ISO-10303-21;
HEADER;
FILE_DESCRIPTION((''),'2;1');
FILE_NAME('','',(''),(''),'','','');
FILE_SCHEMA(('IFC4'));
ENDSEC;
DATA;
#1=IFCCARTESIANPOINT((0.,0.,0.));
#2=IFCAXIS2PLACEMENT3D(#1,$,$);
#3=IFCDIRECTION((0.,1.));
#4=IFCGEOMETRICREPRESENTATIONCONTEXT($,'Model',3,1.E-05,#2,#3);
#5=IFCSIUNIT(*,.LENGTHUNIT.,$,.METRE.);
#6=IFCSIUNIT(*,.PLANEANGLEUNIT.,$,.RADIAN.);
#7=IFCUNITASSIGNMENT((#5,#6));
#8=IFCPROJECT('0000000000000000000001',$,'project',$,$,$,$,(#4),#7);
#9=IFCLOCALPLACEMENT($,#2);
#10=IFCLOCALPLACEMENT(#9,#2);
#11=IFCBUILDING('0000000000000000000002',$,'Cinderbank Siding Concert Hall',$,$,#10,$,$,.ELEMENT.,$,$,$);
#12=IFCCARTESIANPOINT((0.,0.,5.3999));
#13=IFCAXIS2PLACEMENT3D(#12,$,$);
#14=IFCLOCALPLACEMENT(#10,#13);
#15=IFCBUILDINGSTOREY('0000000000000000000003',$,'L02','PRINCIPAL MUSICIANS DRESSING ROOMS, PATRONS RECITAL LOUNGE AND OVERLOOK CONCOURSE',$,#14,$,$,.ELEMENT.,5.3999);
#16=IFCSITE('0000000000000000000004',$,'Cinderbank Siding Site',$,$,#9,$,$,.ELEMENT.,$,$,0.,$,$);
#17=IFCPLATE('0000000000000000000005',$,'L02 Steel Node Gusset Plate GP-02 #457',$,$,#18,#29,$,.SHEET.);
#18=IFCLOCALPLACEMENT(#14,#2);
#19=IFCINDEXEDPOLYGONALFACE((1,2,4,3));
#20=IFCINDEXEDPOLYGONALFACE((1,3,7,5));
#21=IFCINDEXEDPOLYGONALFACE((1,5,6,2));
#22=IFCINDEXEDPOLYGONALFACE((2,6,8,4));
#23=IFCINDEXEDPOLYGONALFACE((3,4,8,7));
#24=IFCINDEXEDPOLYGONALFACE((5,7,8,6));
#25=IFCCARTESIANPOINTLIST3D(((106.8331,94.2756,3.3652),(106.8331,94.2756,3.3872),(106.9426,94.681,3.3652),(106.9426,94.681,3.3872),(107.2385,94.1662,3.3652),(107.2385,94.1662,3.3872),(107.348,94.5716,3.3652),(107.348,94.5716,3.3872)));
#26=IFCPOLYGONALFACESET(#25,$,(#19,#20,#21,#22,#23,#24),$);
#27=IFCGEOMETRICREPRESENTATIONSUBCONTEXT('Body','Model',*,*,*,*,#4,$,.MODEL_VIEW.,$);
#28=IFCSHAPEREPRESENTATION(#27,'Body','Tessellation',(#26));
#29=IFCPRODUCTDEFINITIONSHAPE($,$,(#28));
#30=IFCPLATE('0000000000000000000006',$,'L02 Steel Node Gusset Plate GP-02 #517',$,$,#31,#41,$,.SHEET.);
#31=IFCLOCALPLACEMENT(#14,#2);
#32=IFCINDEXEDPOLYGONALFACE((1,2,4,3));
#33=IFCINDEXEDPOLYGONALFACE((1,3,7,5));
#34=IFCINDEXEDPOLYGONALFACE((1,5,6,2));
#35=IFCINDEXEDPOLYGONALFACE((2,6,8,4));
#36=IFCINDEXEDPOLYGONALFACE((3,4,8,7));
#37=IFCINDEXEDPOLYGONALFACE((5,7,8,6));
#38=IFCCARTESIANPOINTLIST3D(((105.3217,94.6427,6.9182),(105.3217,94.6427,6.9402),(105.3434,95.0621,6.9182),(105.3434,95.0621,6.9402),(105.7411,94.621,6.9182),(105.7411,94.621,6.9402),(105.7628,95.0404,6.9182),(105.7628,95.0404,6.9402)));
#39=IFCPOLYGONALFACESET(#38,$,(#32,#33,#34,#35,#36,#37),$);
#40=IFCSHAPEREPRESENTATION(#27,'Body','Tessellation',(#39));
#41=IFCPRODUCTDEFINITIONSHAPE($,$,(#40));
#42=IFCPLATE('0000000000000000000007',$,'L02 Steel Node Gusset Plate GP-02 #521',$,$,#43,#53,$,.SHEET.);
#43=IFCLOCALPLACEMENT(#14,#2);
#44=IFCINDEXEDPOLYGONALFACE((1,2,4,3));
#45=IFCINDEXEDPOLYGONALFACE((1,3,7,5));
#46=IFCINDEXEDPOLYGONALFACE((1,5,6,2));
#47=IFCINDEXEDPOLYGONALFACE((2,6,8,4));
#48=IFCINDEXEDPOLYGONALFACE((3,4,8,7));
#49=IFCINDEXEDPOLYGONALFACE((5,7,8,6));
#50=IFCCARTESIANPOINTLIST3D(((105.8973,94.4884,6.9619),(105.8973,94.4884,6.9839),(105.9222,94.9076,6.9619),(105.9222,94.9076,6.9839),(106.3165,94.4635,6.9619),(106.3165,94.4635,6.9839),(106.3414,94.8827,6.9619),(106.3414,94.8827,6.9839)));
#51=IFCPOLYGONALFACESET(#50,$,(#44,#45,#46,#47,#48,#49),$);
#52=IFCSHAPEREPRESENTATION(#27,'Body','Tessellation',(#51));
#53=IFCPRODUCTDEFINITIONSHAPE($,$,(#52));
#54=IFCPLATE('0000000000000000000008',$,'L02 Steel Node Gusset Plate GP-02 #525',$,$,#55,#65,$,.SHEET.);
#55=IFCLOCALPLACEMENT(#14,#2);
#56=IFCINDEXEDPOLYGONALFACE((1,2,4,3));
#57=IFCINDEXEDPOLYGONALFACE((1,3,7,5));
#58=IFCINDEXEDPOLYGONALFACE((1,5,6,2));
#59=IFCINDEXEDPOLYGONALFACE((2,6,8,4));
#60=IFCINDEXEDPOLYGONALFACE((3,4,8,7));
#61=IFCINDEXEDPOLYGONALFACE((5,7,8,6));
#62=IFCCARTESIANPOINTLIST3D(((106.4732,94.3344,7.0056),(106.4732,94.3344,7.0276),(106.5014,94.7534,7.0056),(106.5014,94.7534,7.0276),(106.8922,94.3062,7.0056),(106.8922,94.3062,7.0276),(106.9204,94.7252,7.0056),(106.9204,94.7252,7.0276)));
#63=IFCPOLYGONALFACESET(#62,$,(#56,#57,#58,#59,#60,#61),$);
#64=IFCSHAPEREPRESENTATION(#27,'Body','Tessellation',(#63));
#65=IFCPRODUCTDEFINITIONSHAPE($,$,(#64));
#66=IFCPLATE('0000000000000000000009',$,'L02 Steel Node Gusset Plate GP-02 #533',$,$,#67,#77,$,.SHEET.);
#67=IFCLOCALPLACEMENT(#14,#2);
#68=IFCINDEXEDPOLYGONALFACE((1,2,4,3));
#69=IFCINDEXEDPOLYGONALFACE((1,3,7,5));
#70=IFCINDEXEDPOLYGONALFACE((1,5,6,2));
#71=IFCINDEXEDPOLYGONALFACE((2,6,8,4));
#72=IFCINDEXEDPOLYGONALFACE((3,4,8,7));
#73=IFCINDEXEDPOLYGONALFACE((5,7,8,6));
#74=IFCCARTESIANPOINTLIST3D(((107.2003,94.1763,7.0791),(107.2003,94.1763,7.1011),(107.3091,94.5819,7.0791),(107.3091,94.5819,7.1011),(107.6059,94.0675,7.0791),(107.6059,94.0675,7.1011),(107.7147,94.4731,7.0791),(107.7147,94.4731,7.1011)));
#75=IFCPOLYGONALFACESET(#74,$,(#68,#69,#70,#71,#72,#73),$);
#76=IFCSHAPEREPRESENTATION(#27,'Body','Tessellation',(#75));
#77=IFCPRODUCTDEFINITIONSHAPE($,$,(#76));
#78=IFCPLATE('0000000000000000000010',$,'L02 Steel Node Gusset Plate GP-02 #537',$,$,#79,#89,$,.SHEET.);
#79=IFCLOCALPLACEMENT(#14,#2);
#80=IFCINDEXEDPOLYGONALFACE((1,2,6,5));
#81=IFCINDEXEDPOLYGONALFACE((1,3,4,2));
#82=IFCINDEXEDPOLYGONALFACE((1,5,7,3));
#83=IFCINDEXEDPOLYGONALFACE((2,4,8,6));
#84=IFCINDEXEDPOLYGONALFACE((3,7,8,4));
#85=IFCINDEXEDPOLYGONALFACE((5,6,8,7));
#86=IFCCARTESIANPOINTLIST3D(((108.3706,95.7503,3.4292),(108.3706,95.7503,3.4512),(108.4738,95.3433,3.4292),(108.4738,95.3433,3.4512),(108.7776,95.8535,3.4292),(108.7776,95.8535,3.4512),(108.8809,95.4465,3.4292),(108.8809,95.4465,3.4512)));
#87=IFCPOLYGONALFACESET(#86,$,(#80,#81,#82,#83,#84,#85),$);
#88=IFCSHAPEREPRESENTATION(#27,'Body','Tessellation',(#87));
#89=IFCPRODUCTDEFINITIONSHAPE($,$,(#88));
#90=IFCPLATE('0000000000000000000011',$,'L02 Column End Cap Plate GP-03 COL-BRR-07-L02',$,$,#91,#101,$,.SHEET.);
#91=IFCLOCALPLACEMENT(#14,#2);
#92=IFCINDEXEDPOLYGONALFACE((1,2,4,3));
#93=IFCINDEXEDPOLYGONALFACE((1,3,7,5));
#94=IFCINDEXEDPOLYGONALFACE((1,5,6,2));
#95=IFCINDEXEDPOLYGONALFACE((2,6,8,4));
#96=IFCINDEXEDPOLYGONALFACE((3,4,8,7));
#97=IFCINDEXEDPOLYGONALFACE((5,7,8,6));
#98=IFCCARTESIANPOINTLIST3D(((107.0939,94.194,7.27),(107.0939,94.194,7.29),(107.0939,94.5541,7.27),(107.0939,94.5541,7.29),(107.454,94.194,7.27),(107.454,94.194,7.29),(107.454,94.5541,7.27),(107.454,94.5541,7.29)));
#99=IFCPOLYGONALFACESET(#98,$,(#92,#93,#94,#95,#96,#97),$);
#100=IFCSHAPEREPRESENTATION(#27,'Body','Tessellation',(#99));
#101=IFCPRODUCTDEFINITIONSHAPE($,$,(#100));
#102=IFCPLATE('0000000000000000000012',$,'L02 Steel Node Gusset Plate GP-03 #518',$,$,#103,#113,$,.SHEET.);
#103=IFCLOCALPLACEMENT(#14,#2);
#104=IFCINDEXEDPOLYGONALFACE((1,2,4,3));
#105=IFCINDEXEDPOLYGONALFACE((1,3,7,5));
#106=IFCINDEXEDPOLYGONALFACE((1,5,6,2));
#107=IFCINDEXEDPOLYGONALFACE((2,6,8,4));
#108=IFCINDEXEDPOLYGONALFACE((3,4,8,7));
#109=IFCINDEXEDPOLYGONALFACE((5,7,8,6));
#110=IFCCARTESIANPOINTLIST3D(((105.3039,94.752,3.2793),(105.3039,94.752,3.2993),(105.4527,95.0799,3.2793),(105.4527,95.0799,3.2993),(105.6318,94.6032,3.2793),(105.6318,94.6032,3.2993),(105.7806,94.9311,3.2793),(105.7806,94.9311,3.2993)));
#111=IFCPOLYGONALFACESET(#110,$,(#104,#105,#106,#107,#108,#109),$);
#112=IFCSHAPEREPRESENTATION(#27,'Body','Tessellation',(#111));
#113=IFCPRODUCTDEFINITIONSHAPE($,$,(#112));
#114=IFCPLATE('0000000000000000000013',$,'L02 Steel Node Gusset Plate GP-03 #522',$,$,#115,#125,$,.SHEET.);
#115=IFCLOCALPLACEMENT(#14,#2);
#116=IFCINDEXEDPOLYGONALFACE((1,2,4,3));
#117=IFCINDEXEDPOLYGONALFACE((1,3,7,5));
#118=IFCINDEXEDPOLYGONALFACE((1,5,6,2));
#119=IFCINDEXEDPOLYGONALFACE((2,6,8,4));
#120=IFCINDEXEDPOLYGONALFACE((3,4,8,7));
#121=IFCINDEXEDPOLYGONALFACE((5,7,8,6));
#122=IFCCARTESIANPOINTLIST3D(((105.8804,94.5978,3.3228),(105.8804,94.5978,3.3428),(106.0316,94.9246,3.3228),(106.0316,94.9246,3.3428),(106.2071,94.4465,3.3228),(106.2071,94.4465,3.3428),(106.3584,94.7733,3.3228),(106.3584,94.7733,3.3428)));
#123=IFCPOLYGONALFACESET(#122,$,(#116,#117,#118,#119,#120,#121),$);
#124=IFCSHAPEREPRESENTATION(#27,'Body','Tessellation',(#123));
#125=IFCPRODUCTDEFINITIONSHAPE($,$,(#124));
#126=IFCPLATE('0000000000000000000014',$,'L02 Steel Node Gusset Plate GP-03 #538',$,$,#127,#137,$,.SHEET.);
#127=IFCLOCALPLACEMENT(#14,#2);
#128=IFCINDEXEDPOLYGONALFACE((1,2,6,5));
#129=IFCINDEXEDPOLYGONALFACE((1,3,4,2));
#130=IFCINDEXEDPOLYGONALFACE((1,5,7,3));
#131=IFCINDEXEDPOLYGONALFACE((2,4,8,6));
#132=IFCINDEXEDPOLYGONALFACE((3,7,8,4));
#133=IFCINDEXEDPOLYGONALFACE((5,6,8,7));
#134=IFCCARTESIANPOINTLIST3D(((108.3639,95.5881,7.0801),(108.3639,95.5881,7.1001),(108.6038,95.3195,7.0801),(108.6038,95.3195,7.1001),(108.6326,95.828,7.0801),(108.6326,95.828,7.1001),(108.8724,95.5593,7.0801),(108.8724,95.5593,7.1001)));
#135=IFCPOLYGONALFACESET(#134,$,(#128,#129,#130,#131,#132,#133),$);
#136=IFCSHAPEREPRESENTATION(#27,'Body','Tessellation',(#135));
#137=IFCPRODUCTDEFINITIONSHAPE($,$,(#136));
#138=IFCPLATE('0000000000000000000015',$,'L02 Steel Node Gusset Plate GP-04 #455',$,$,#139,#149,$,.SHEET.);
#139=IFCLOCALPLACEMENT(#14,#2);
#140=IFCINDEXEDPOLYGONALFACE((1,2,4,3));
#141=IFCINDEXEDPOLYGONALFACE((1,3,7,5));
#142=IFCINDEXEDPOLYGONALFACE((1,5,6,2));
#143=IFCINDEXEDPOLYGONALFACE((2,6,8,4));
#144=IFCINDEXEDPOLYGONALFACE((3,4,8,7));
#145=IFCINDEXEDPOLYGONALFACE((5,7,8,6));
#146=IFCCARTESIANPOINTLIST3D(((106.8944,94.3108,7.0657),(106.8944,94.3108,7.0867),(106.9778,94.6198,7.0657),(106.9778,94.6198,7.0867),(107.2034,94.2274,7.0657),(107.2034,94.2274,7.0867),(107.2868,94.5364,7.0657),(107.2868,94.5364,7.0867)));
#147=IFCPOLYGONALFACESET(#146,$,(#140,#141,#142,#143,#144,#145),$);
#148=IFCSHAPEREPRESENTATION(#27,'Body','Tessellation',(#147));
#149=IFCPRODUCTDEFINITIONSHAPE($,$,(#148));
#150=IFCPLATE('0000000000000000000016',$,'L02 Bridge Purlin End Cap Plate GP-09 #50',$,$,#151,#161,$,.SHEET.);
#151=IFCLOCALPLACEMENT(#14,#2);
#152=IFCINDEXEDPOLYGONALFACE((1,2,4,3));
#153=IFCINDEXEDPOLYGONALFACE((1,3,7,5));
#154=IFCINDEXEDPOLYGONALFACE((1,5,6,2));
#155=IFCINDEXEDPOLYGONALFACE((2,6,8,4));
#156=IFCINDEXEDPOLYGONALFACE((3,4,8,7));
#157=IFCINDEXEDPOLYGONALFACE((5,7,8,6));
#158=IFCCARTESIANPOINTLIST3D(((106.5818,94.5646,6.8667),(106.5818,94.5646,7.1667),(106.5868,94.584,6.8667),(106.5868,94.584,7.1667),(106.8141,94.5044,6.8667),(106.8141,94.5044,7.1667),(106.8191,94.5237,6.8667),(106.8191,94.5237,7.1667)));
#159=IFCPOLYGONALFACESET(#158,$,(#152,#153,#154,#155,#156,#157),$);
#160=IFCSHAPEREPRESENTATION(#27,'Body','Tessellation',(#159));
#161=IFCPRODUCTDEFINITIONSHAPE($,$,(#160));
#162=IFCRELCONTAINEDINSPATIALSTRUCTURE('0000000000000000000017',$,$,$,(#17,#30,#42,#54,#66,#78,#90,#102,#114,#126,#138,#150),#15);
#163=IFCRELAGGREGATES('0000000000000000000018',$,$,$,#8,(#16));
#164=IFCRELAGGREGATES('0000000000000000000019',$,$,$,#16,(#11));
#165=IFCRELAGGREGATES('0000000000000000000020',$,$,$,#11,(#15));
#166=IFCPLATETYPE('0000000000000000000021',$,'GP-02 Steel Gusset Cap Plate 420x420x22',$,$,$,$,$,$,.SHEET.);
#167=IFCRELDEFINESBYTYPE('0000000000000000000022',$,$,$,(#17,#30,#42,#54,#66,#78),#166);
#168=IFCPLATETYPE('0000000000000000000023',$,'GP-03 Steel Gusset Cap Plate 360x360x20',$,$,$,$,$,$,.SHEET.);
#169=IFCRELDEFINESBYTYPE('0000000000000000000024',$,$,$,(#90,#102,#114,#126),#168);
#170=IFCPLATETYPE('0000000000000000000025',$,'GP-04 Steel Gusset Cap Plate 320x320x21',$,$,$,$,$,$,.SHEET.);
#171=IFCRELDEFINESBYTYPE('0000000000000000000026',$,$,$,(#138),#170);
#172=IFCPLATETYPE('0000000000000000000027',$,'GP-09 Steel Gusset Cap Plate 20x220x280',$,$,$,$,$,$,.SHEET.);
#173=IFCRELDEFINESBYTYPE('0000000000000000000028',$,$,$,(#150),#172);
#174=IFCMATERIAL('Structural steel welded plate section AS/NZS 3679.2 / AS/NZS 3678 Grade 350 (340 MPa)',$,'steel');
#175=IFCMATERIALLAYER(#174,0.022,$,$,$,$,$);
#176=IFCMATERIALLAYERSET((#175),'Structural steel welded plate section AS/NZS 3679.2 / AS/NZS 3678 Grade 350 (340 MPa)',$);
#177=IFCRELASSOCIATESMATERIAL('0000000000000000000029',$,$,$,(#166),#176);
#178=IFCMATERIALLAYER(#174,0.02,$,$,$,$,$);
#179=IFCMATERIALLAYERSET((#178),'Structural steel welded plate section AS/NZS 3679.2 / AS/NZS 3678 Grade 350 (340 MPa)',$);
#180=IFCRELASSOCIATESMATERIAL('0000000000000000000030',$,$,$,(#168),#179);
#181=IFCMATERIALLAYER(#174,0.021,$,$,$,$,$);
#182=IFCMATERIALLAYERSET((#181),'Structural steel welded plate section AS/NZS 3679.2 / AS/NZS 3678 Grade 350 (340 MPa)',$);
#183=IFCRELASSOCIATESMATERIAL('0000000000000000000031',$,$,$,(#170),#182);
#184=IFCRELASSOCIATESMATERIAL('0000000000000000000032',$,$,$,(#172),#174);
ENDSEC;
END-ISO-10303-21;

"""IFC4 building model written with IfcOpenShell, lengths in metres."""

from ifc_helpers import new_model, si_unit, direction, frame, origin, origin_2d, place, context, subcontext, project, spatial, rectangle, extrude, material, layer, layer_set, type_object, element, save


model = new_model("IFC4")

# Units and contexts
model_context = context("Model", 3, precision=1e-05, world=origin(), true_north=direction((0.0, 1.0)))
body_context = subcontext(model_context, "Body", "Model", "MODEL_VIEW")
ifc_project = project(units=[si_unit("LENGTHUNIT", "METRE"), si_unit("PLANEANGLEUNIT", "RADIAN")], contexts=[model_context])

# Site, building, storey
site_placement = place(None, origin())
site = spatial("IfcSite", under=ifc_project, at=site_placement, Name="Cinderbank Siding Site", CompositionType="ELEMENT", RefElevation=0.0)
building_placement = place(site_placement, origin())
building = spatial("IfcBuilding", under=site, at=building_placement, Name="Cinderbank Siding Concert Hall", CompositionType="ELEMENT")
storey_placement = place(building_placement, frame((0.0, 0.0, 5.3999)))
storey = spatial("IfcBuildingStorey", under=building, at=storey_placement, Name="L02", Description="PRINCIPAL MUSICIANS DRESSING ROOMS, PATRONS RECITAL LOUNGE AND OVERLOOK CONCOURSE", CompositionType="ELEMENT", Elevation=5.3999)

# Shared definitions
ifc_material_1 = material(Name="Structural steel welded plate section AS/NZS 3679.2 / AS/NZS 3678 Grade 350 (340 MPa)", Category="steel")

# Plates
ifc_layer_1 = layer(ifc_material_1, 0.022)
ifc_layer_set_1 = layer_set([ifc_layer_1], Name="Structural steel welded plate section AS/NZS 3679.2 / AS/NZS 3678 Grade 350 (340 MPa)")
plate_type_1 = type_object("IfcPlateType", Name="GP-02 Steel Gusset Cap Plate 420x420x22", PredefinedType="SHEET", material=ifc_layer_set_1)
for number, where, z_axis, x_axis, name in (
    (1, (107.0906, 94.4236, 3.3652), (0.0, 0.0, 1.0), (0.965427, -0.260673, 0.0), "L02 Steel Node Gusset Plate GP-02 #457"),
    (2, (105.5422, 94.8416, 6.9182), (0.0, 0.0, 1.0), (-0.051639, -0.998666, 0.0), "L02 Steel Node Gusset Plate GP-02 #517"),
    (3, (106.1194, 94.6855, 6.9619), (0.0, 0.0, 1.0), (-0.059306, -0.99824, 0.0), "L02 Steel Node Gusset Plate GP-02 #521"),
    (4, (106.6968, 94.5298, 7.0056), (0.0, 0.0, 1.0), (-0.067145, -0.997743, 0.0), "L02 Steel Node Gusset Plate GP-02 #525"),
    (5, (107.4575, 94.3247, 7.0791), (0.0, 0.0, 1.0), (0.965881, -0.258988, 0.0), "L02 Steel Node Gusset Plate GP-02 #533"),
    (6, (108.6257, 95.5984, 3.4292), (0.0, 0.0, 1.0), (0.245815, -0.969317, 0.0), "L02 Steel Node Gusset Plate GP-02 #537"),
):
    element("IfcPlate", number, at=place(storey_placement, frame(where, z_axis=z_axis, x_axis=x_axis)), inside=storey, type_object=plate_type_1, Name=name, PredefinedType="SHEET", context=body_context, shape_type="SweptSolid", body=[
        extrude(rectangle(XDim=0.4199, YDim=0.4199, at=origin_2d()), origin(), (0.0, 0.0, 1.0), 0.022),
    ])
ifc_layer_2 = layer(ifc_material_1, 0.02)
ifc_layer_set_2 = layer_set([ifc_layer_2], Name="Structural steel welded plate section AS/NZS 3679.2 / AS/NZS 3678 Grade 350 (340 MPa)")
plate_type_2 = type_object("IfcPlateType", Name="GP-03 Steel Gusset Cap Plate 360x360x20", PredefinedType="SHEET", material=ifc_layer_set_2)
for number, where, z_axis, x_axis, name in (
    (7, (107.2739, 94.374, 7.27), (0.0, 0.0, 1.0), (1.0, 0.0, 0.0), "L02 Column End Cap Plate GP-03 COL-BRR-07-L02"),
    (8, (105.5422, 94.8416, 3.2793), (0.0, 0.0, 1.0), (0.413263, 0.910612, 0.0), "L02 Steel Node Gusset Plate GP-03 #518"),
    (9, (106.1194, 94.6855, 3.3228), (0.0, 0.0, 1.0), (0.420086, 0.907484, 0.0), "L02 Steel Node Gusset Plate GP-03 #522"),
    (10, (108.6182, 95.5737, 7.0801), (0.0, 0.0, 1.0), (0.745941, 0.666012, 0.0), "L02 Steel Node Gusset Plate GP-03 #538"),
):
    element("IfcPlate", number, at=place(storey_placement, frame(where, z_axis=z_axis, x_axis=x_axis)), inside=storey, type_object=plate_type_2, Name=name, PredefinedType="SHEET", context=body_context, shape_type="SweptSolid", body=[
        extrude(rectangle(XDim=0.3601, YDim=0.3601, at=origin_2d()), origin(), (0.0, 0.0, 1.0), 0.02),
    ])
ifc_layer_3 = layer(ifc_material_1, 0.021)
ifc_layer_set_3 = layer_set([ifc_layer_3], Name="Structural steel welded plate section AS/NZS 3679.2 / AS/NZS 3678 Grade 350 (340 MPa)")
plate_type_3 = type_object("IfcPlateType", Name="GP-04 Steel Gusset Cap Plate 320x320x21", PredefinedType="SHEET", material=ifc_layer_set_3)
plate_1_placement = place(storey_placement, frame((107.0906, 94.4236, 7.0657), z_axis=(0.0, 0.0, 1.0), x_axis=(0.965427, -0.260673, 0.0)))
element("IfcPlate", 11, at=plate_1_placement, inside=storey, type_object=plate_type_3, Name="L02 Steel Node Gusset Plate GP-04 #455", PredefinedType="SHEET", context=body_context, shape_type="SweptSolid", body=[
    extrude(rectangle(XDim=0.3201, YDim=0.3201, at=origin_2d()), origin(), (0.0, 0.0, 1.0), 0.021),
])
plate_type_4 = type_object("IfcPlateType", Name="GP-09 Steel Gusset Cap Plate 20x220x280", PredefinedType="SHEET", material=ifc_material_1)
plate_2_placement = place(storey_placement, frame((106.7004, 94.5442, 6.8667), z_axis=(0.0, 0.0, 1.0), x_axis=(0.251225, 0.967929, 0.0)))
element("IfcPlate", 12, at=plate_2_placement, inside=storey, type_object=plate_type_4, Name="L02 Bridge Purlin End Cap Plate GP-09 #50", PredefinedType="SHEET", context=body_context, shape_type="SweptSolid", body=[
    extrude(rectangle(XDim=0.02, YDim=0.24, at=origin_2d()), origin(), (0.0, 0.0, 1.0), 0.3),
])

save(model, "model.ifc")
